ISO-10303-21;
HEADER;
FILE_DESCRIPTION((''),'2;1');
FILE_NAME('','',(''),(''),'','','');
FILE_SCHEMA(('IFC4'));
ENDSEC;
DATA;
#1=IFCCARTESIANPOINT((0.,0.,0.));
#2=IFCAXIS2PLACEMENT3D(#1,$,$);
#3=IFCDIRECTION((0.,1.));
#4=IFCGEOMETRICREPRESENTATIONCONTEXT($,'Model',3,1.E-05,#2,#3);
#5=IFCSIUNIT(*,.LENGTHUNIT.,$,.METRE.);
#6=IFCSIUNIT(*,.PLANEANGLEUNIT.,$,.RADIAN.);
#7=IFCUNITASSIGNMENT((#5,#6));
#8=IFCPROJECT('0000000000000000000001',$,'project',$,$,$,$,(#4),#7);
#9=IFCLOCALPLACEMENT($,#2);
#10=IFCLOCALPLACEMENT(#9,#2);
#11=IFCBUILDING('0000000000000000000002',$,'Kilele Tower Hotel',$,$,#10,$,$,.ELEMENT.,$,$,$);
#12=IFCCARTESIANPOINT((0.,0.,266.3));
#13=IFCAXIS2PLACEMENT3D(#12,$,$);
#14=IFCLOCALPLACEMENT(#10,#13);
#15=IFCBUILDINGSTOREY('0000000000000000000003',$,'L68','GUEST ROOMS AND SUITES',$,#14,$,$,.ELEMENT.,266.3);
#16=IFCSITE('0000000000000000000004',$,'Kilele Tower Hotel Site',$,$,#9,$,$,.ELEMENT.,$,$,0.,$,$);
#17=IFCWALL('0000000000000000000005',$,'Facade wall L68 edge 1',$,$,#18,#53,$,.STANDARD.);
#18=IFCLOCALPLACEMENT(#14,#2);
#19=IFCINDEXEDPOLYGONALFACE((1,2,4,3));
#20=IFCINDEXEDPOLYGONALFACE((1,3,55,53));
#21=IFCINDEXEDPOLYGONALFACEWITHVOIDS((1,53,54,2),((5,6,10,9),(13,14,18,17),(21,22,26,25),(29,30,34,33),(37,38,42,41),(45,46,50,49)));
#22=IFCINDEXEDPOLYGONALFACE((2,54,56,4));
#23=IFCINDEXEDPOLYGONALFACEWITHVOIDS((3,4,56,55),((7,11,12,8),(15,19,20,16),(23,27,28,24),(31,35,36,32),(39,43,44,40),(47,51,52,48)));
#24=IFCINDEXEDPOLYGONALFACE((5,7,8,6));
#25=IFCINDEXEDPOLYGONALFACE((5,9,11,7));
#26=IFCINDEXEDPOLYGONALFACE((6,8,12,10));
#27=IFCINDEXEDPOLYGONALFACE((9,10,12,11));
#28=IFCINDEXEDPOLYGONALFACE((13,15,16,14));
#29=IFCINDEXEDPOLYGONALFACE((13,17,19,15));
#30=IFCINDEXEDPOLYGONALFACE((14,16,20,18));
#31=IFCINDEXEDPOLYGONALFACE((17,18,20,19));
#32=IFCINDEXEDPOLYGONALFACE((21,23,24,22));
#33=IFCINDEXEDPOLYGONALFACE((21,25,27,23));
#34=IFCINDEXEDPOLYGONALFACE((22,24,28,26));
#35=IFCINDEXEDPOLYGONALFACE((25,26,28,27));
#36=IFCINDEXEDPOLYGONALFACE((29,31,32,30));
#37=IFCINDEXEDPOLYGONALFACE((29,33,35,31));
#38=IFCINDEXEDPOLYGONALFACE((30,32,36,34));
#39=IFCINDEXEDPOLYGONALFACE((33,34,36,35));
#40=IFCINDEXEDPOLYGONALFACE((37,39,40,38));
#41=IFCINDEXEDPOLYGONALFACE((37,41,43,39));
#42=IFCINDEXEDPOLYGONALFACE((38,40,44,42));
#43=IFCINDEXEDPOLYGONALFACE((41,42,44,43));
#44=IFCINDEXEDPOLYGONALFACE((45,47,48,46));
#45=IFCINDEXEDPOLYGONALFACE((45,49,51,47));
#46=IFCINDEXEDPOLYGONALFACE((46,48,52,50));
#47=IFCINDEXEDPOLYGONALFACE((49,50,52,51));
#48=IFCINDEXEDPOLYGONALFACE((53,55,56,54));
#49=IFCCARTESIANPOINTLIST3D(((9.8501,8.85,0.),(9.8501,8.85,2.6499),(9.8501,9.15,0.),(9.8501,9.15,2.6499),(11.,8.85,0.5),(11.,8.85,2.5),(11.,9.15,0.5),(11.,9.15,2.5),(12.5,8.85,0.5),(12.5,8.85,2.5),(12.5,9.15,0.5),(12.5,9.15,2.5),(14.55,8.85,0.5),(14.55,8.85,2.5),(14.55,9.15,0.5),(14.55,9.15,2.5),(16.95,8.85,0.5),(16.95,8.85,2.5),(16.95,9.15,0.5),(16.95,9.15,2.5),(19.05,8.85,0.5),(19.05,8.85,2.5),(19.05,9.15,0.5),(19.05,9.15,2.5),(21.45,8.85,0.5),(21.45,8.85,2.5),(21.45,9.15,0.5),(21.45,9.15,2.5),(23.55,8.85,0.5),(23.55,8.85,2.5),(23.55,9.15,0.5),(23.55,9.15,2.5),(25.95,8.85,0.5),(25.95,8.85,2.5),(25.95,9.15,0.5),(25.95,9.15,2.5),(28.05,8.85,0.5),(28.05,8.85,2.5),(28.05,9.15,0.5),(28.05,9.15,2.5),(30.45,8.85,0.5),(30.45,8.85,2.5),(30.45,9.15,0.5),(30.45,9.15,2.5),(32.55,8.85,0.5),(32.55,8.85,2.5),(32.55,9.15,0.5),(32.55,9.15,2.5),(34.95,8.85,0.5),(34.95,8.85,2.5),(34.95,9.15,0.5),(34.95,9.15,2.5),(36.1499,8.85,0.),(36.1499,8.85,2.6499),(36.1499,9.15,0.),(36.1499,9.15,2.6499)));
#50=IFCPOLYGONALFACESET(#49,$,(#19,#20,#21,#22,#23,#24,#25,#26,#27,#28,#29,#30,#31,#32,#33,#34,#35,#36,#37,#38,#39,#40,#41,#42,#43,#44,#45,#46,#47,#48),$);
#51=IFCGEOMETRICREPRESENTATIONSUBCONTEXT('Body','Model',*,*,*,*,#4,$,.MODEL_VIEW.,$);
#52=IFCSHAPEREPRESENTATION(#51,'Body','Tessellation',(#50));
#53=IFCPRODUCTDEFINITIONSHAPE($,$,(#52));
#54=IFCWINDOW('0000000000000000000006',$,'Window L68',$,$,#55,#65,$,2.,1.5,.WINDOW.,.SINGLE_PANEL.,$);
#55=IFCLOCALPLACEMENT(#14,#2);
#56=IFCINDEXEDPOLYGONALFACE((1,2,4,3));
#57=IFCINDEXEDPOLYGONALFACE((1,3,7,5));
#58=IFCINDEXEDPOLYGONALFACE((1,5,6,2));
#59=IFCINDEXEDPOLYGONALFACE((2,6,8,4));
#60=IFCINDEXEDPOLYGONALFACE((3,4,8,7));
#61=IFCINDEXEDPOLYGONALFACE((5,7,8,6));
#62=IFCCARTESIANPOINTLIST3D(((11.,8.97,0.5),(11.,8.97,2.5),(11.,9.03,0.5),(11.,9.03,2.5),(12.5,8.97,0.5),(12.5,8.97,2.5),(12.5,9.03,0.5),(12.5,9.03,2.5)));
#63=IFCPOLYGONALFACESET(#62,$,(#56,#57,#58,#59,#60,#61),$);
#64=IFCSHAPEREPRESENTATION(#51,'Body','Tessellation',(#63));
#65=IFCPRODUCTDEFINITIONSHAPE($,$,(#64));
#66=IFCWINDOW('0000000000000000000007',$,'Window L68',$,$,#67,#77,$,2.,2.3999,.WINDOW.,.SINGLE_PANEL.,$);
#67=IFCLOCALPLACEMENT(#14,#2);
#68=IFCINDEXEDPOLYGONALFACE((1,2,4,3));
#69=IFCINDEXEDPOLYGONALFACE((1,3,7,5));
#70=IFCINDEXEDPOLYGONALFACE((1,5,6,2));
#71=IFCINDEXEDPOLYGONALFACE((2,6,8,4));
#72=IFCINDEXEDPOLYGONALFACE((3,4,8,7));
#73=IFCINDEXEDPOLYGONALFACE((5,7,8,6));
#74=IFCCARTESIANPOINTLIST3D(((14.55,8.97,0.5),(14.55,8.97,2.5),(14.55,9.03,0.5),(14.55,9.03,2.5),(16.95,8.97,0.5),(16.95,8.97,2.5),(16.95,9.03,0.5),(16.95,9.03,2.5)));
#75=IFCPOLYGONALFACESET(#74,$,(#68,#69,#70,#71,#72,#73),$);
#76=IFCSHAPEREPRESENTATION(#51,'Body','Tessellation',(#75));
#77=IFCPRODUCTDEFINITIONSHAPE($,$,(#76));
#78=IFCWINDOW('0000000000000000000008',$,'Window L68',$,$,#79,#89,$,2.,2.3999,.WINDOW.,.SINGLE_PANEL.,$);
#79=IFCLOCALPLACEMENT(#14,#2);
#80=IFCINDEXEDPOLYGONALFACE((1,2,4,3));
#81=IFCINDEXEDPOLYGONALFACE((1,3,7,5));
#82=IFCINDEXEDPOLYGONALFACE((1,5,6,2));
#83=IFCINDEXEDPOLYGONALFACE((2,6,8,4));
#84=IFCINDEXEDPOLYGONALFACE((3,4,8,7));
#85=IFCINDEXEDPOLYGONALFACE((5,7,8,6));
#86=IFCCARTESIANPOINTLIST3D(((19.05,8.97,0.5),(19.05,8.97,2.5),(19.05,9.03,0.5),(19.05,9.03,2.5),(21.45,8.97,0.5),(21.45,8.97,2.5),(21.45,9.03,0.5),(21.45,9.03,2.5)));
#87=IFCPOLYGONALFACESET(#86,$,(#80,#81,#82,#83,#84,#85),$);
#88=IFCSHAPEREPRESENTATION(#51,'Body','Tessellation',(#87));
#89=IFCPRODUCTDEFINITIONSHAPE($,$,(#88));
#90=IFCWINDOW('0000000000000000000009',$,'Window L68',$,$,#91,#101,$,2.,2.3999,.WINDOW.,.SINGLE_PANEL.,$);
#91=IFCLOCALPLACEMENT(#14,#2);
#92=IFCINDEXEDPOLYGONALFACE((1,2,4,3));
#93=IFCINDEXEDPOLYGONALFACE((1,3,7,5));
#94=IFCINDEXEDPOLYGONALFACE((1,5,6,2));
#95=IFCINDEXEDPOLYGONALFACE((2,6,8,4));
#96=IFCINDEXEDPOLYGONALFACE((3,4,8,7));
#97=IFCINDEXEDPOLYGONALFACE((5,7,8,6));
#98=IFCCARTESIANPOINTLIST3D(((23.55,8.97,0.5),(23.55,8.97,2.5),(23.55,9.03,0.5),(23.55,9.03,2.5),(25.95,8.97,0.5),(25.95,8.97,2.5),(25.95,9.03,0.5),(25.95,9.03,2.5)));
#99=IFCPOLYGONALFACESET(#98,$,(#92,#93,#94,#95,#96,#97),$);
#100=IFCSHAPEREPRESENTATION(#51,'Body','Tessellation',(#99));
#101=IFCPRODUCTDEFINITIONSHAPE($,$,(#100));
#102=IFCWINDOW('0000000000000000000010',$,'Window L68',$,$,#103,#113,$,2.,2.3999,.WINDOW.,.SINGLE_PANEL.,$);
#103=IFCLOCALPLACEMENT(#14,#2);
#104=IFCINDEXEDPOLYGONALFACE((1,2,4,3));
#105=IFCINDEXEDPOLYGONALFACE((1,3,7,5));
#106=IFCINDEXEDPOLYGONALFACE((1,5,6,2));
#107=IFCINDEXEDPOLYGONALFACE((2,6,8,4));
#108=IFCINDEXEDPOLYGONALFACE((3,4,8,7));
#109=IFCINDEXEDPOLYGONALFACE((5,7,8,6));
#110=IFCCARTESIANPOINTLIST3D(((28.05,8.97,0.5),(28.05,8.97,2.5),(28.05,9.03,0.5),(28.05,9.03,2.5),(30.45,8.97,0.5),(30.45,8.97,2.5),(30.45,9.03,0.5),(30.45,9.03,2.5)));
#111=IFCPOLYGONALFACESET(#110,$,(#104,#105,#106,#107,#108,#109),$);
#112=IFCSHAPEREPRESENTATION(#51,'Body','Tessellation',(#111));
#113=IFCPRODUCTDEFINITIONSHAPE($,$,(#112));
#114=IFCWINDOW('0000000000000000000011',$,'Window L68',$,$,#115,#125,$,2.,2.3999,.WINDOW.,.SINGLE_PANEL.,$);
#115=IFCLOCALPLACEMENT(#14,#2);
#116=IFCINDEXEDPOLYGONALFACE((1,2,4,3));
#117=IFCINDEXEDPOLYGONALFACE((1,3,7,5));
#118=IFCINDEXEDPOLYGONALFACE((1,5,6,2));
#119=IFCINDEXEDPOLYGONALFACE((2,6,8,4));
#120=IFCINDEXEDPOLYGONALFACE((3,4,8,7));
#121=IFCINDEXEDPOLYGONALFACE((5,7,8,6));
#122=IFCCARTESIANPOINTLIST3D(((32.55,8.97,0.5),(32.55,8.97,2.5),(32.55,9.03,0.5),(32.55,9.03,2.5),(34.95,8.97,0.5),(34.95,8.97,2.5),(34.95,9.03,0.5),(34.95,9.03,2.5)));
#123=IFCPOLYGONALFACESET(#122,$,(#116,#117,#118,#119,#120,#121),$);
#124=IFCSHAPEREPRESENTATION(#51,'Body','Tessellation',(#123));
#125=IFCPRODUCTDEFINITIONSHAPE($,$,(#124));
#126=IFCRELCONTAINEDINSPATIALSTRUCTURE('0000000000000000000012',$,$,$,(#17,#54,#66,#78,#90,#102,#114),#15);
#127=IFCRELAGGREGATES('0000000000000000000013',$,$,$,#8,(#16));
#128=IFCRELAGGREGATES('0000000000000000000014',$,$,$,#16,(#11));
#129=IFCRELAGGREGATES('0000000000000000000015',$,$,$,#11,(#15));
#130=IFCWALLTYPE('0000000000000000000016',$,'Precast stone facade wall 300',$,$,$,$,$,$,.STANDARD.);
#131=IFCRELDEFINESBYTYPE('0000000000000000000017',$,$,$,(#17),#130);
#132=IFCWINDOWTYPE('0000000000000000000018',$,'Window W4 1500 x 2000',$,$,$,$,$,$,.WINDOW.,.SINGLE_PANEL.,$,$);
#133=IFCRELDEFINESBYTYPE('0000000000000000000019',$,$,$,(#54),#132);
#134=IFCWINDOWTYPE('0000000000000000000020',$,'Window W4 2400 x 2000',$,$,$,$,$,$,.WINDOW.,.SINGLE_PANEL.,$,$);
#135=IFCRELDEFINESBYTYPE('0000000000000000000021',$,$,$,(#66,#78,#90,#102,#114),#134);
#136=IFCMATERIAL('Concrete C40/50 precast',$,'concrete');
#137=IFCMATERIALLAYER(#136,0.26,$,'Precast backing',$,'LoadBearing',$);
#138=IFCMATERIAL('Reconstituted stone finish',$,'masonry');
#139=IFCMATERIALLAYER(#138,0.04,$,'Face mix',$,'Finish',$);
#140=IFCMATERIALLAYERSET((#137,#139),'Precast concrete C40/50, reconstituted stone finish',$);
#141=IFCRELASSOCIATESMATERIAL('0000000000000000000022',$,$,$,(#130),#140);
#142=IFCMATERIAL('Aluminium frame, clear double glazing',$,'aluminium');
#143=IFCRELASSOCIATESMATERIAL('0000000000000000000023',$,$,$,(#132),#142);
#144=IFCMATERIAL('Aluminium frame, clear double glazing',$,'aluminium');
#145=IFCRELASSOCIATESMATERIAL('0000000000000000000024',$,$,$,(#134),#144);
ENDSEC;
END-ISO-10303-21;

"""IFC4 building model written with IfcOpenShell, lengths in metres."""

from ifc_helpers import new_model, si_unit, direction, frame, frame_2d, origin, place, context, subcontext, project, spatial, rectangle, extrude, material, layer, layer_set, type_object, element, fill, save


model = new_model("IFC4")

# Units and contexts
model_context = context("Model", 3, precision=1e-05, world=origin(), true_north=direction((0.0, 1.0)))
body_context = subcontext(model_context, "Body", "Model", "MODEL_VIEW")
ifc_project = project(units=[si_unit("LENGTHUNIT", "METRE"), si_unit("PLANEANGLEUNIT", "RADIAN")], contexts=[model_context])

# Site, building, storey
site_placement = place(None, origin())
site = spatial("IfcSite", under=ifc_project, at=site_placement, Name="Kilele Tower Hotel Site", CompositionType="ELEMENT", RefElevation=0.0)
building_placement = place(site_placement, origin())
building = spatial("IfcBuilding", under=site, at=building_placement, Name="Kilele Tower Hotel", CompositionType="ELEMENT")
storey_placement = place(building_placement, frame((0.0, 0.0, 266.3)))
storey = spatial("IfcBuildingStorey", under=building, at=storey_placement, Name="L68", Description="GUEST ROOMS AND SUITES", CompositionType="ELEMENT", Elevation=266.3)

# Wall, openings, windows
ifc_material_1 = material(Name="Concrete C40/50 precast", Category="concrete")
ifc_layer_1 = layer(ifc_material_1, 0.26, Name="Precast backing", Category="LoadBearing")
ifc_material_2 = material(Name="Reconstituted stone finish", Category="masonry")
ifc_layer_2 = layer(ifc_material_2, 0.04, Name="Face mix", Category="Finish")
ifc_layer_set_1 = layer_set([ifc_layer_1, ifc_layer_2], Name="Precast concrete C40/50, reconstituted stone finish")
wall_type = type_object("IfcWallType", Name="Precast stone facade wall 300", PredefinedType="STANDARD", material=ifc_layer_set_1)
wall_placement = place(storey_placement, frame((9.8501, 9.0, 0.0), z_axis=(0.0, 0.0, 1.0), x_axis=(1.0, 0.0, 0.0)))
wall = element("IfcWall", 1, at=wall_placement, inside=storey, type_object=wall_type, Name="Facade wall L68 edge 1", PredefinedType="STANDARD", context=body_context, shape_type="SweptSolid", body=[
    extrude(rectangle(XDim=26.2998, YDim=0.3, at=frame_2d((13.1499, 0.0))), origin(), (0.0, 0.0, 1.0), 2.6499),
])
opening_1_placement = place(wall_placement, frame((1.1499, 0.0, 0.5)))
opening_1 = element("IfcOpeningElement", 2, at=opening_1_placement, cuts=wall, PredefinedType="OPENING", context=body_context, shape_type="SweptSolid", body=[
    extrude(rectangle(XDim=1.5, YDim=2.0, at=frame_2d((0.75, 1.0))), frame((0.0, 0.1599, 0.0), z_axis=(0.0, -1.0, 0.0), x_axis=(1.0, 0.0, 0.0)), (0.0, 0.0, 1.0), 0.3201),
])
opening_2_placement = place(wall_placement, frame((4.7, 0.0, 0.5)))
opening_2 = element("IfcOpeningElement", 3, at=opening_2_placement, cuts=wall, PredefinedType="OPENING", context=body_context, shape_type="SweptSolid", body=[
    extrude(rectangle(XDim=2.3999, YDim=2.0, at=frame_2d((1.2, 1.0))), frame((0.0, 0.1599, 0.0), z_axis=(0.0, -1.0, 0.0), x_axis=(1.0, 0.0, 0.0)), (0.0, 0.0, 1.0), 0.3201),
])
opening_3_placement = place(wall_placement, frame((9.2, 0.0, 0.5)))
opening_3 = element("IfcOpeningElement", 4, at=opening_3_placement, cuts=wall, PredefinedType="OPENING", context=body_context, shape_type="SweptSolid", body=[
    extrude(rectangle(XDim=2.3999, YDim=2.0, at=frame_2d((1.2, 1.0))), frame((0.0, 0.1599, 0.0), z_axis=(0.0, -1.0, 0.0), x_axis=(1.0, 0.0, 0.0)), (0.0, 0.0, 1.0), 0.3201),
])
opening_4_placement = place(wall_placement, frame((13.7, 0.0, 0.5)))
opening_4 = element("IfcOpeningElement", 5, at=opening_4_placement, cuts=wall, PredefinedType="OPENING", context=body_context, shape_type="SweptSolid", body=[
    extrude(rectangle(XDim=2.3999, YDim=2.0, at=frame_2d((1.2, 1.0))), frame((0.0, 0.1599, 0.0), z_axis=(0.0, -1.0, 0.0), x_axis=(1.0, 0.0, 0.0)), (0.0, 0.0, 1.0), 0.3201),
])
opening_5_placement = place(wall_placement, frame((18.2, 0.0, 0.5)))
opening_5 = element("IfcOpeningElement", 6, at=opening_5_placement, cuts=wall, PredefinedType="OPENING", context=body_context, shape_type="SweptSolid", body=[
    extrude(rectangle(XDim=2.3999, YDim=2.0, at=frame_2d((1.2, 1.0))), frame((0.0, 0.1599, 0.0), z_axis=(0.0, -1.0, 0.0), x_axis=(1.0, 0.0, 0.0)), (0.0, 0.0, 1.0), 0.3201),
])
opening_6_placement = place(wall_placement, frame((22.7, 0.0, 0.5)))
opening_6 = element("IfcOpeningElement", 7, at=opening_6_placement, cuts=wall, PredefinedType="OPENING", context=body_context, shape_type="SweptSolid", body=[
    extrude(rectangle(XDim=2.3999, YDim=2.0, at=frame_2d((1.2, 1.0))), frame((0.0, 0.1599, 0.0), z_axis=(0.0, -1.0, 0.0), x_axis=(1.0, 0.0, 0.0)), (0.0, 0.0, 1.0), 0.3201),
])
ifc_material_3 = material(Name="Aluminium frame, clear double glazing", Category="aluminium")
window_type_1 = type_object("IfcWindowType", Name="Window W4 1500 x 2000", PartitioningType="SINGLE_PANEL", PredefinedType="WINDOW", material=ifc_material_3)
window_1_placement = place(opening_1_placement, origin())
window_1 = element("IfcWindow", 8, at=window_1_placement, inside=storey, type_object=window_type_1, Name="Window L68", OverallHeight=2.0, OverallWidth=1.5, PartitioningType="SINGLE_PANEL", PredefinedType="WINDOW", context=body_context, shape_type="SweptSolid", body=[
    extrude(rectangle(XDim=1.5, YDim=2.0, at=frame_2d((0.75, 1.0))), frame((0.0, 0.03, 0.0), z_axis=(0.0, -1.0, 0.0), x_axis=(1.0, 0.0, 0.0)), (0.0, 0.0, 1.0), 0.0601),
])
fill(opening_1, window_1)
ifc_material_4 = material(Name="Aluminium frame, clear double glazing", Category="aluminium")
window_type_2 = type_object("IfcWindowType", Name="Window W4 2400 x 2000", PartitioningType="SINGLE_PANEL", PredefinedType="WINDOW", material=ifc_material_4)
window_2_placement = place(opening_2_placement, origin())
window_2 = element("IfcWindow", 9, at=window_2_placement, inside=storey, type_object=window_type_2, Name="Window L68", OverallHeight=2.0, OverallWidth=2.3999, PartitioningType="SINGLE_PANEL", PredefinedType="WINDOW", context=body_context, shape_type="SweptSolid", body=[
    extrude(rectangle(XDim=2.3999, YDim=2.0, at=frame_2d((1.2, 1.0))), frame((0.0, 0.03, 0.0), z_axis=(0.0, -1.0, 0.0), x_axis=(1.0, 0.0, 0.0)), (0.0, 0.0, 1.0), 0.0601),
])
fill(opening_2, window_2)
window_3_placement = place(opening_3_placement, origin())
window_3 = element("IfcWindow", 10, at=window_3_placement, inside=storey, type_object=window_type_2, Name="Window L68", OverallHeight=2.0, OverallWidth=2.3999, PartitioningType="SINGLE_PANEL", PredefinedType="WINDOW", context=body_context, shape_type="SweptSolid", body=[
    extrude(rectangle(XDim=2.3999, YDim=2.0, at=frame_2d((1.2, 1.0))), frame((0.0, 0.03, 0.0), z_axis=(0.0, -1.0, 0.0), x_axis=(1.0, 0.0, 0.0)), (0.0, 0.0, 1.0), 0.0601),
])
fill(opening_3, window_3)
window_4_placement = place(opening_4_placement, origin())
window_4 = element("IfcWindow", 11, at=window_4_placement, inside=storey, type_object=window_type_2, Name="Window L68", OverallHeight=2.0, OverallWidth=2.3999, PartitioningType="SINGLE_PANEL", PredefinedType="WINDOW", context=body_context, shape_type="SweptSolid", body=[
    extrude(rectangle(XDim=2.3999, YDim=2.0, at=frame_2d((1.2, 1.0))), frame((0.0, 0.03, 0.0), z_axis=(0.0, -1.0, 0.0), x_axis=(1.0, 0.0, 0.0)), (0.0, 0.0, 1.0), 0.0601),
])
fill(opening_4, window_4)
window_5_placement = place(opening_5_placement, origin())
window_5 = element("IfcWindow", 12, at=window_5_placement, inside=storey, type_object=window_type_2, Name="Window L68", OverallHeight=2.0, OverallWidth=2.3999, PartitioningType="SINGLE_PANEL", PredefinedType="WINDOW", context=body_context, shape_type="SweptSolid", body=[
    extrude(rectangle(XDim=2.3999, YDim=2.0, at=frame_2d((1.2, 1.0))), frame((0.0, 0.03, 0.0), z_axis=(0.0, -1.0, 0.0), x_axis=(1.0, 0.0, 0.0)), (0.0, 0.0, 1.0), 0.0601),
])
fill(opening_5, window_5)
window_6_placement = place(opening_6_placement, origin())
window_6 = element("IfcWindow", 13, at=window_6_placement, inside=storey, type_object=window_type_2, Name="Window L68", OverallHeight=2.0, OverallWidth=2.3999, PartitioningType="SINGLE_PANEL", PredefinedType="WINDOW", context=body_context, shape_type="SweptSolid", body=[
    extrude(rectangle(XDim=2.3999, YDim=2.0, at=frame_2d((1.2, 1.0))), frame((0.0, 0.03, 0.0), z_axis=(0.0, -1.0, 0.0), x_axis=(1.0, 0.0, 0.0)), (0.0, 0.0, 1.0), 0.0601),
])
fill(opening_6, window_6)

save(model, "model.ifc")
